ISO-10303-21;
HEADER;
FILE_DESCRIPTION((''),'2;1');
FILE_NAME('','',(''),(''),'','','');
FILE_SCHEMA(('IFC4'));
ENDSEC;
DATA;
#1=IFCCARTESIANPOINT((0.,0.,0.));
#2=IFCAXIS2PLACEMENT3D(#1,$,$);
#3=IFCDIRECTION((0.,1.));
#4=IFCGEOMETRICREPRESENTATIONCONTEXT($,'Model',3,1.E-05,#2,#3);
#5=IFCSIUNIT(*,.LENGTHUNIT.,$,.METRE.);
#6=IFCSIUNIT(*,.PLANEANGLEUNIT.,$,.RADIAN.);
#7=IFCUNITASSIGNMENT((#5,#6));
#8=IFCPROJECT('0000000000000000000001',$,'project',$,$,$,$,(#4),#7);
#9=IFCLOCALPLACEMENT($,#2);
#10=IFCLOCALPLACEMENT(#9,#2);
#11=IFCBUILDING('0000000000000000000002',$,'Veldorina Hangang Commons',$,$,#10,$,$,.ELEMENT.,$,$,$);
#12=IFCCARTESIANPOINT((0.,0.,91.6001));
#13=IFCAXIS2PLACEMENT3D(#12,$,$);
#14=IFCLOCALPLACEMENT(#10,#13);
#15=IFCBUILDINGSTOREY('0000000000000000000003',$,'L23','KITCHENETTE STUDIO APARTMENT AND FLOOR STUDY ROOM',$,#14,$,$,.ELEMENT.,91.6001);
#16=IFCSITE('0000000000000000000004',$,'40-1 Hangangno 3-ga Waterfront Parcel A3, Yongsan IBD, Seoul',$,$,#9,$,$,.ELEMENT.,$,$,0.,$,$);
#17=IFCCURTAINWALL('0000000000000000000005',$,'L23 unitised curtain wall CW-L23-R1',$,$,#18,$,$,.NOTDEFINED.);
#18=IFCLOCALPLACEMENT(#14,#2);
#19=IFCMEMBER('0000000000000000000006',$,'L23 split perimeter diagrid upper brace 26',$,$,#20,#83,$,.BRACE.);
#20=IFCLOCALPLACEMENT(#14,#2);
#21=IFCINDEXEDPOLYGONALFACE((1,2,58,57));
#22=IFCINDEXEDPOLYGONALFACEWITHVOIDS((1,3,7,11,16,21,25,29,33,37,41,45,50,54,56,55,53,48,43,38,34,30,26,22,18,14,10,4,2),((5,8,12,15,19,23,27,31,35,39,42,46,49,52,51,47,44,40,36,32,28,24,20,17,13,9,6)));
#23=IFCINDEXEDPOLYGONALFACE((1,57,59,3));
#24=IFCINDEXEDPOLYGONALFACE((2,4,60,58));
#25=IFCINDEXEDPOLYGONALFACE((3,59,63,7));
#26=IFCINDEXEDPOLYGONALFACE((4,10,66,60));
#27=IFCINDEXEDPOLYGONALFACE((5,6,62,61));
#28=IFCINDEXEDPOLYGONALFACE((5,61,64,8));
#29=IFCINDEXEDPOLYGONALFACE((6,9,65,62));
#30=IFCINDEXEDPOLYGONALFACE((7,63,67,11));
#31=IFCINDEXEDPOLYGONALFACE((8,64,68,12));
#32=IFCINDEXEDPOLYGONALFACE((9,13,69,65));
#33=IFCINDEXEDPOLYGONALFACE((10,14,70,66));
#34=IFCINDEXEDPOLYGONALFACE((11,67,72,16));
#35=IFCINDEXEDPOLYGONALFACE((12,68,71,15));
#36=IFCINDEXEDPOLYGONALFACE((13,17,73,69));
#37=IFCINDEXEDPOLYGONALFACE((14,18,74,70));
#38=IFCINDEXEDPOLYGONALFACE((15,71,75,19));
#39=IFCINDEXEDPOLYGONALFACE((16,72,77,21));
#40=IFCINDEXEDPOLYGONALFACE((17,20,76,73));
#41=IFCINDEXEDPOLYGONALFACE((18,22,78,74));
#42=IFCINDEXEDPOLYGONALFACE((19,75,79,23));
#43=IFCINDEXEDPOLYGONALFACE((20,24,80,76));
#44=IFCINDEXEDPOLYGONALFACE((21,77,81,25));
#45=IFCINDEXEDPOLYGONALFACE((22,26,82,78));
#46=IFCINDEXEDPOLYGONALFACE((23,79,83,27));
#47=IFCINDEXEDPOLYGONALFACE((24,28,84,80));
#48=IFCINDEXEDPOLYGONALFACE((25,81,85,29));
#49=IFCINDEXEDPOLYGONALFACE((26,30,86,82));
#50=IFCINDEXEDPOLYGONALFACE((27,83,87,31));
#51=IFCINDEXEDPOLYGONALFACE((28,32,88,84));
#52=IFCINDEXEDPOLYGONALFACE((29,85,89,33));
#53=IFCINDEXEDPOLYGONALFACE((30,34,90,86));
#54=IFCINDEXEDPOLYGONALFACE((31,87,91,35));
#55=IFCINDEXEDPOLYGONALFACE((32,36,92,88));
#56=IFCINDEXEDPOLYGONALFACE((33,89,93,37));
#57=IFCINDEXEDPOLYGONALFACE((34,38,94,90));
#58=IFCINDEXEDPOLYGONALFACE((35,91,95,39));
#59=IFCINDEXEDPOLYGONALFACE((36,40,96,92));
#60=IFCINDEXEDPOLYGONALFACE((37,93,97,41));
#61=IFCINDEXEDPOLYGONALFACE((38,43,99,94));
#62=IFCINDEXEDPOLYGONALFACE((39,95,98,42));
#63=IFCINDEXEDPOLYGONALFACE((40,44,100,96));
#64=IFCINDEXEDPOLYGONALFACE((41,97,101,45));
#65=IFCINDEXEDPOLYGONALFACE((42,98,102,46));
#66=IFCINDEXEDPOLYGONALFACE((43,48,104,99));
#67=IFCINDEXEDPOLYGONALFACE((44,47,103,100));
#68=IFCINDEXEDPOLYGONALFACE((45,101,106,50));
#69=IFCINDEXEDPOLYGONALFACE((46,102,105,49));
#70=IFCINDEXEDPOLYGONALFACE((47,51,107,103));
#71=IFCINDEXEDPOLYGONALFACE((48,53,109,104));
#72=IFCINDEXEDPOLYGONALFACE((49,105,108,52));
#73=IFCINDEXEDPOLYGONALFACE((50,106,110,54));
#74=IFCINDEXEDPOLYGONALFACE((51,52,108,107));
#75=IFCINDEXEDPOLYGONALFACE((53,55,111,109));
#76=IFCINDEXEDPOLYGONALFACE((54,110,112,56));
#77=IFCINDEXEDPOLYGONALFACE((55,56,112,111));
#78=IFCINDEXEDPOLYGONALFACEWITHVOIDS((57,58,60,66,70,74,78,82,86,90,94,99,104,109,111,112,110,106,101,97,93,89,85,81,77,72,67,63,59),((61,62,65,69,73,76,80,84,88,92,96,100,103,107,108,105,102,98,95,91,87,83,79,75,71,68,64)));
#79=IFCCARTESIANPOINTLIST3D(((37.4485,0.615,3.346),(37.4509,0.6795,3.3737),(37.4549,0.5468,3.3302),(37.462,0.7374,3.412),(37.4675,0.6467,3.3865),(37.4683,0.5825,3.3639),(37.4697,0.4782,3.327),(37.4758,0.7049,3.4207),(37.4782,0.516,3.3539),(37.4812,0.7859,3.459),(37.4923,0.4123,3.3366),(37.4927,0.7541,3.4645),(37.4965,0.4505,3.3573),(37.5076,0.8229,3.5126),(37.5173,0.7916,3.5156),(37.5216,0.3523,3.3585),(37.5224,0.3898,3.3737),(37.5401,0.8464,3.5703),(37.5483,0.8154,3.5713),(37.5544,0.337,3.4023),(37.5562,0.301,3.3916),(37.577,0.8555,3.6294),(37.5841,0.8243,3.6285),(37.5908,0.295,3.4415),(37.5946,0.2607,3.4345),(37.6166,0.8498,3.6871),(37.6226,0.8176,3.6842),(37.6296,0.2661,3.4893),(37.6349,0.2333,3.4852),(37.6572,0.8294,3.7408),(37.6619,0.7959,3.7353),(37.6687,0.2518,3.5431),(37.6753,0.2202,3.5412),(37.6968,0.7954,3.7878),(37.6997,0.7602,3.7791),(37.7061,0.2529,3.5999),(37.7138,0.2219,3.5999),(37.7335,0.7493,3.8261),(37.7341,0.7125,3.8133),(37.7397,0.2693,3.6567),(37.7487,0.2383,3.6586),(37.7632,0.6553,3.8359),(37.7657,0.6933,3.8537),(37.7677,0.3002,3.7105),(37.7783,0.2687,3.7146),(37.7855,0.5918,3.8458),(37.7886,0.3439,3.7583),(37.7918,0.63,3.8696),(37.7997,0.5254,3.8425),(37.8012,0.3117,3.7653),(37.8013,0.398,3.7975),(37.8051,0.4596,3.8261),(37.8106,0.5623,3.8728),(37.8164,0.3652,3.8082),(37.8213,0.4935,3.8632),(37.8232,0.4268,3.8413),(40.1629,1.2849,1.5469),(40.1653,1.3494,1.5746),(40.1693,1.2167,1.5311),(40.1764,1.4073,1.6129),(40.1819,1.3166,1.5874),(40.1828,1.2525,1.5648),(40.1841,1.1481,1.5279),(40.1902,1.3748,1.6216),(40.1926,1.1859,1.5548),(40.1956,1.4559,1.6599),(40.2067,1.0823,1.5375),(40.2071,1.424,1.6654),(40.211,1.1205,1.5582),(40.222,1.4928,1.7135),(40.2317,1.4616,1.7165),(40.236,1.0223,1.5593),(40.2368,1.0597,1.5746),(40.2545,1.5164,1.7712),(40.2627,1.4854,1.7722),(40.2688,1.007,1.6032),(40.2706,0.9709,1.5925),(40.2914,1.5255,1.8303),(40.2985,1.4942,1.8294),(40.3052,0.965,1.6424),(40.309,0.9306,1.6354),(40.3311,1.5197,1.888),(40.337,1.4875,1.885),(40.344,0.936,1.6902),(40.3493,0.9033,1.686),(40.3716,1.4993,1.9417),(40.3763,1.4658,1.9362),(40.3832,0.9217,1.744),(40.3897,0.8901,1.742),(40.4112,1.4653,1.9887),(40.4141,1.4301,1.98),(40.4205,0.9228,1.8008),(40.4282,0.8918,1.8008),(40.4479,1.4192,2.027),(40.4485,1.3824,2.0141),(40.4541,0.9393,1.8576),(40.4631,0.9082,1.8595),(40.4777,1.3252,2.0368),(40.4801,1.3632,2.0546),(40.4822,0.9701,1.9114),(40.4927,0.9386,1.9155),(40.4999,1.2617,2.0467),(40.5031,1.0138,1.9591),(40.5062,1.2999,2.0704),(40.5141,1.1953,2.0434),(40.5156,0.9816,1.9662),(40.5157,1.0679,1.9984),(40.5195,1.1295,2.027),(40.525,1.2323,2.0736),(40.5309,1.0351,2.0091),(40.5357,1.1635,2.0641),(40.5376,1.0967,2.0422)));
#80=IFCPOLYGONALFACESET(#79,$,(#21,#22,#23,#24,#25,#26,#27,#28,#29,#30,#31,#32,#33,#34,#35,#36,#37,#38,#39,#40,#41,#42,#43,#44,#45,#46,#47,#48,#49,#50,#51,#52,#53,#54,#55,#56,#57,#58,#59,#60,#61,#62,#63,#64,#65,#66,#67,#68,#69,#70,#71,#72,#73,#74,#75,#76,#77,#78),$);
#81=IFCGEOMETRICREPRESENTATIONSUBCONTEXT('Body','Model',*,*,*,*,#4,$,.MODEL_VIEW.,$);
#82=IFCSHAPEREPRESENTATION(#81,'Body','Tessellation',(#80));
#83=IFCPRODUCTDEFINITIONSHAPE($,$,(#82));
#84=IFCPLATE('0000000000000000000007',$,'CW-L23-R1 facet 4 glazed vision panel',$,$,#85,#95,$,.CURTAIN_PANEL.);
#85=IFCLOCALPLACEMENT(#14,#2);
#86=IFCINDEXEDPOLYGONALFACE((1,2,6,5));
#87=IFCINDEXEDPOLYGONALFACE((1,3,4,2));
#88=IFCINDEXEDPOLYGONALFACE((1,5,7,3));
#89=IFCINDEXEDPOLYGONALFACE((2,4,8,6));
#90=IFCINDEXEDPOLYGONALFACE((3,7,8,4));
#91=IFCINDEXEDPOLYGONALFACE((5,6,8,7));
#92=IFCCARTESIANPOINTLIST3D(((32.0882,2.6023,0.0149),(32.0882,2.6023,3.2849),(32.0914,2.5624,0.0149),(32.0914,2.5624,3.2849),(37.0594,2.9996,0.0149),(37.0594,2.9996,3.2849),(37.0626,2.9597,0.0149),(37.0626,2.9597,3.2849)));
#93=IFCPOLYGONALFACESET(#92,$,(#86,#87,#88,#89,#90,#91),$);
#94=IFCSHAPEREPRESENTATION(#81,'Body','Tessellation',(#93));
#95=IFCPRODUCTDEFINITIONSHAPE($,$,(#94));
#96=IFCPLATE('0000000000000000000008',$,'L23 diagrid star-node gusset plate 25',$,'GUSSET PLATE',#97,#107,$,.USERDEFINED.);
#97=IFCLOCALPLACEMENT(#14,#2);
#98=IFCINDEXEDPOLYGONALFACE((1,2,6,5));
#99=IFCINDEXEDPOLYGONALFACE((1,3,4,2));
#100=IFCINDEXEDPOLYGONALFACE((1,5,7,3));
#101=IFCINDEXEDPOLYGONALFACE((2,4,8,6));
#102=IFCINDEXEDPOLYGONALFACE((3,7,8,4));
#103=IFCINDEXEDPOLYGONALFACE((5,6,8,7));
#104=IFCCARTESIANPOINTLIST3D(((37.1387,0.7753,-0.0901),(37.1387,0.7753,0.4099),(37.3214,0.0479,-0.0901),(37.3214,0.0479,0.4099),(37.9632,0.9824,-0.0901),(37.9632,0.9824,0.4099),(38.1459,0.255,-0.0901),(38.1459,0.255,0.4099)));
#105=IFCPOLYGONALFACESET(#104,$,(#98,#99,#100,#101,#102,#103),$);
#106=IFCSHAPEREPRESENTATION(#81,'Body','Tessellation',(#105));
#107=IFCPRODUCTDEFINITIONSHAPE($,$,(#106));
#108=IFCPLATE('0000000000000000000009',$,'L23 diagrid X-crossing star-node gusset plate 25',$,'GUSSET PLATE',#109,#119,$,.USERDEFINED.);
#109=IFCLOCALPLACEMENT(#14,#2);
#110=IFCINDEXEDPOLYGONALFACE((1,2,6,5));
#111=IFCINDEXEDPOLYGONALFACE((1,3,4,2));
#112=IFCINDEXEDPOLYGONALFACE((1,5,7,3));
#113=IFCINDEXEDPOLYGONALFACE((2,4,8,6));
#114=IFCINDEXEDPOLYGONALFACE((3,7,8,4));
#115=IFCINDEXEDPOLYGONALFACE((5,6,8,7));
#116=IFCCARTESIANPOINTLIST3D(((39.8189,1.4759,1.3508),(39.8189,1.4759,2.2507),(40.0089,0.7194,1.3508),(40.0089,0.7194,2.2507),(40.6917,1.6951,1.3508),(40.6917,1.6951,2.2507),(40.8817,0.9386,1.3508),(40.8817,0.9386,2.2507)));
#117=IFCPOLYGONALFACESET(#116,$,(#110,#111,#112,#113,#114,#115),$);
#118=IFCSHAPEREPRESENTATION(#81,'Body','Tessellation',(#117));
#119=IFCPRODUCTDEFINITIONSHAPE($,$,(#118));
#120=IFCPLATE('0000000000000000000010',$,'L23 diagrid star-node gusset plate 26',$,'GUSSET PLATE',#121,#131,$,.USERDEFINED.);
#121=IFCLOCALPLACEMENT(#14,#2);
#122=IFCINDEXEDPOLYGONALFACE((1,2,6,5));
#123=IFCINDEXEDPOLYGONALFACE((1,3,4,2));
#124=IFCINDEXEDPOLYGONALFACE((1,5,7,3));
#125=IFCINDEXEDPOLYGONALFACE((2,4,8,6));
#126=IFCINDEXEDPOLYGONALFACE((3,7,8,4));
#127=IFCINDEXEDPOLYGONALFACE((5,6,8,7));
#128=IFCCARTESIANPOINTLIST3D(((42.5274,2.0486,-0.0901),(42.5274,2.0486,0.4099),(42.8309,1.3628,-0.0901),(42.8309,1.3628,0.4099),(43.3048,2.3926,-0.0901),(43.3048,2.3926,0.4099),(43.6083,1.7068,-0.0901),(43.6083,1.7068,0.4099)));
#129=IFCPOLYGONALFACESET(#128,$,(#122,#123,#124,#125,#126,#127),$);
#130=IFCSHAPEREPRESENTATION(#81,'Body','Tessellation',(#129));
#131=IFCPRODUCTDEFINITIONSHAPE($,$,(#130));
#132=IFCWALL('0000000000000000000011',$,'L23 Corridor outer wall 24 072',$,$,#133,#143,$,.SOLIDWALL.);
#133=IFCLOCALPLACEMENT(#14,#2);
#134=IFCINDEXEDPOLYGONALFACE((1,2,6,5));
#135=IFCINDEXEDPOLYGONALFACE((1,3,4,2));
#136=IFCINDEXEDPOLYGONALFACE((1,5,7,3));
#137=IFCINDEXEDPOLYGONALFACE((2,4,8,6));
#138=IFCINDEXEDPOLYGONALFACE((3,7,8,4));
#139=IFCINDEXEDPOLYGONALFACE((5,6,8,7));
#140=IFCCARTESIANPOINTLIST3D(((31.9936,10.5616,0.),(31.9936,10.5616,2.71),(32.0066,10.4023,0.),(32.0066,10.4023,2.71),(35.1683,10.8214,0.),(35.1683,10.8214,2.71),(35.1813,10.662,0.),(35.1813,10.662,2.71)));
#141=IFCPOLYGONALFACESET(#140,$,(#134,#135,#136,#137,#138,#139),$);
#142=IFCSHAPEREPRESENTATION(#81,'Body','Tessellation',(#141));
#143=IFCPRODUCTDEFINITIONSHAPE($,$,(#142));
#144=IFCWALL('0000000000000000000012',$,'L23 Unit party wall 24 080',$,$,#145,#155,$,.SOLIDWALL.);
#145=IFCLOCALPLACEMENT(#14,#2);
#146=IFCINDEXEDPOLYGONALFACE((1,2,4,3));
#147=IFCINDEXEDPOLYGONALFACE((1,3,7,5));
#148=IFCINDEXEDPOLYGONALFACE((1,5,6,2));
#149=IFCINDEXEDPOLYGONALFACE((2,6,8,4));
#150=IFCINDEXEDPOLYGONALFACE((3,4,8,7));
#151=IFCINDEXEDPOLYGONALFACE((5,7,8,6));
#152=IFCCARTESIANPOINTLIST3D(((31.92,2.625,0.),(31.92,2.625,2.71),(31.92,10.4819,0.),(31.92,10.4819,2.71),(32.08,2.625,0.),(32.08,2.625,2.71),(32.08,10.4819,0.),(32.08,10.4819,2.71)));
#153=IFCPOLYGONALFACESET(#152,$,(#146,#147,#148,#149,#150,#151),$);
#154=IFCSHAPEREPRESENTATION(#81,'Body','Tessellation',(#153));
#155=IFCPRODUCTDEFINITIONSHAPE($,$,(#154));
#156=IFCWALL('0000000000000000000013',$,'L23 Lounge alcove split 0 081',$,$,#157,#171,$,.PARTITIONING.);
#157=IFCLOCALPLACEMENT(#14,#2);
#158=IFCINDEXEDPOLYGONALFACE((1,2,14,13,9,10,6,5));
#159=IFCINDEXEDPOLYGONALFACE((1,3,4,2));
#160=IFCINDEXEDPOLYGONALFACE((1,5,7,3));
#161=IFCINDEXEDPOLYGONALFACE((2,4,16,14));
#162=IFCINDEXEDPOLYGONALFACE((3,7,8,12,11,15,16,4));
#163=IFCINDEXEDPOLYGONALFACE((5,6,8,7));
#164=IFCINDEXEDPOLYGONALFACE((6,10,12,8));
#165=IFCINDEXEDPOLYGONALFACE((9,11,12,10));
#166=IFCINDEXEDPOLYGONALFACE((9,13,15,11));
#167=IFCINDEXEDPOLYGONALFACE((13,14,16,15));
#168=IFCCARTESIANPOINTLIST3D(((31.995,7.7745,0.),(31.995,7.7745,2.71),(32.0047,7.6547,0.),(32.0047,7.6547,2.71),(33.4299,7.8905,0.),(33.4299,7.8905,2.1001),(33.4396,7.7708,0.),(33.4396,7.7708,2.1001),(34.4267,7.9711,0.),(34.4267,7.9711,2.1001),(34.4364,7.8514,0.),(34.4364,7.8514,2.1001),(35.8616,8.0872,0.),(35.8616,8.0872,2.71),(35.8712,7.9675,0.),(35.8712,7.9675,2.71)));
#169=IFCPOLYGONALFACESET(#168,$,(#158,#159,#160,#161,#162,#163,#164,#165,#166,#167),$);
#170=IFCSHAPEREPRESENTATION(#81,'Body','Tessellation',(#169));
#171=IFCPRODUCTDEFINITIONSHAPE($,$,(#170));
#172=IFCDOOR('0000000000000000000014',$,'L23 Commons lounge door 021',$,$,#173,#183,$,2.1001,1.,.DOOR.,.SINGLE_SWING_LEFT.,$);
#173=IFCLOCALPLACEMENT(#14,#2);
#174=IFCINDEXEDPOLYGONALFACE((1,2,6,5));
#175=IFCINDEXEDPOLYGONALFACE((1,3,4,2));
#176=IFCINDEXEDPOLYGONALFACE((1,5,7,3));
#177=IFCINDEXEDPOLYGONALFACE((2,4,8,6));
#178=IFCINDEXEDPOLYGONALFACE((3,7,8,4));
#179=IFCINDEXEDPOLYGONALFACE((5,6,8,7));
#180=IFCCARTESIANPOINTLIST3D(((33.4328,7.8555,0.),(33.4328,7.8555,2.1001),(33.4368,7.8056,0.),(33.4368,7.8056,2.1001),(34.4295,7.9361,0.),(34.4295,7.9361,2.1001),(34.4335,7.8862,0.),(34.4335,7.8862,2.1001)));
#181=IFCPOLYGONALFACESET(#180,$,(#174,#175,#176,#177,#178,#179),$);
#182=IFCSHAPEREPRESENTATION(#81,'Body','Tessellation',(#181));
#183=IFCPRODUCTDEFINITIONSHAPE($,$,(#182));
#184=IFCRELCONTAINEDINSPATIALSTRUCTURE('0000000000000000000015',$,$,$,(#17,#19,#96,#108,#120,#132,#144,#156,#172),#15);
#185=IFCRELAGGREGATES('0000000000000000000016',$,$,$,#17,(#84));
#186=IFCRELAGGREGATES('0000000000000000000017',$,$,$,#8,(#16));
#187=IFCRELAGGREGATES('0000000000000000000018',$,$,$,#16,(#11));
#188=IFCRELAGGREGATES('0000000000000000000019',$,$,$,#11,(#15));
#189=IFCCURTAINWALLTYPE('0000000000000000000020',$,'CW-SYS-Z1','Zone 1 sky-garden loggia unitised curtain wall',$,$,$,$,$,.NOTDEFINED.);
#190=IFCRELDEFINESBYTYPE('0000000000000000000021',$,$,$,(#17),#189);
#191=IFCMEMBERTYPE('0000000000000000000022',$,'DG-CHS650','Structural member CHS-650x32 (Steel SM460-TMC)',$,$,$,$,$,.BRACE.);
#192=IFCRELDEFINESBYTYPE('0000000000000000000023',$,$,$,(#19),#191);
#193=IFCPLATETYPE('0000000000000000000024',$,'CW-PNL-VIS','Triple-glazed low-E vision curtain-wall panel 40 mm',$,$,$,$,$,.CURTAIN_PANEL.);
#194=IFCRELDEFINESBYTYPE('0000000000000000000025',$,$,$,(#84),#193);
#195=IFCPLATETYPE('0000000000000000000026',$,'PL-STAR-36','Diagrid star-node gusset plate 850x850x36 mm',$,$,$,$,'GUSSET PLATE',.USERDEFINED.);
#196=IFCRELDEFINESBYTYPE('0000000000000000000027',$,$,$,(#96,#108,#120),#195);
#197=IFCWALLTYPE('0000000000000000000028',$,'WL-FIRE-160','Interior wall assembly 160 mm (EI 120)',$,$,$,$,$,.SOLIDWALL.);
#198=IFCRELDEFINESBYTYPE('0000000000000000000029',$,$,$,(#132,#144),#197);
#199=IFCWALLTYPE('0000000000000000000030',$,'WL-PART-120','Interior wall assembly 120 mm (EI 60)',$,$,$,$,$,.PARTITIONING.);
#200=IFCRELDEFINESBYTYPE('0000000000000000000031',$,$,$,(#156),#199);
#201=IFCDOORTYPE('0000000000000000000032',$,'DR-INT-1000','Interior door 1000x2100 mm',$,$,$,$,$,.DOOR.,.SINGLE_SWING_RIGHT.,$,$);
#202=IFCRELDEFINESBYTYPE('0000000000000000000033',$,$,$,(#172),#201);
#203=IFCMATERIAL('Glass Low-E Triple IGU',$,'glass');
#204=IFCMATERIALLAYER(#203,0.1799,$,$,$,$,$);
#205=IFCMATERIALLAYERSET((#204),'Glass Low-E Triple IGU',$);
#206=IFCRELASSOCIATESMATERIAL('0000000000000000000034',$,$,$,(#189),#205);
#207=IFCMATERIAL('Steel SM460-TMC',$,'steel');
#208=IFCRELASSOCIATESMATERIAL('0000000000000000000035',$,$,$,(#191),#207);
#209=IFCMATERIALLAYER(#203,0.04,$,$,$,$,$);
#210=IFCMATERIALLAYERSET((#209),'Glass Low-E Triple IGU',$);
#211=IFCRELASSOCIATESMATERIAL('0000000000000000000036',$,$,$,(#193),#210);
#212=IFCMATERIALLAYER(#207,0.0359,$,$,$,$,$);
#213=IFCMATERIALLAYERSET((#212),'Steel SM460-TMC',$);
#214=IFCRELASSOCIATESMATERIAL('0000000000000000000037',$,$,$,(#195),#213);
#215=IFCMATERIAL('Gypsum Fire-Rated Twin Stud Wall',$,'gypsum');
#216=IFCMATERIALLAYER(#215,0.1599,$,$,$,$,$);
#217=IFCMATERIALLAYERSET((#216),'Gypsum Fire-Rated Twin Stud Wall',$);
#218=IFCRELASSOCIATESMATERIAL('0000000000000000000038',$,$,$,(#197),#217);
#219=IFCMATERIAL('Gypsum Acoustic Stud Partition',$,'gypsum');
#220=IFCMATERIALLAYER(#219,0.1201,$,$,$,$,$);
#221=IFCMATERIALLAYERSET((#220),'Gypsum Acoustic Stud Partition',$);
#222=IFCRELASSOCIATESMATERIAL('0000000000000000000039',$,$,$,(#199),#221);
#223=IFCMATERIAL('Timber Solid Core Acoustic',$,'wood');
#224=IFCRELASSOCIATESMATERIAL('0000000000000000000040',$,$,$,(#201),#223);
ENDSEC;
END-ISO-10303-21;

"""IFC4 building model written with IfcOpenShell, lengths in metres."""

from ifc_helpers import new_model, si_unit, direction, frame, frame_2d, origin, origin_2d, place, context, subcontext, project, spatial, rectangle, hollow_circle, extrude, material, layer, layer_set, material_profile, profile_set, type_object, element, fill, aggregate, save


model = new_model("IFC4")

# Units and contexts
model_context = context("Model", 3, precision=1e-05, world=origin(), true_north=direction((0.0, 1.0)))
body_context = subcontext(model_context, "Body", "Model", "MODEL_VIEW")
ifc_project = project(units=[si_unit("LENGTHUNIT", "METRE"), si_unit("PLANEANGLEUNIT", "RADIAN")], contexts=[model_context])

# Site, building, storey
site_placement = place(None, origin())
site = spatial("IfcSite", under=ifc_project, at=site_placement, Name="40-1 Hangangno 3-ga Waterfront Parcel A3, Yongsan IBD, Seoul", CompositionType="ELEMENT", RefElevation=0.0)
building_placement = place(site_placement, origin())
building = spatial("IfcBuilding", under=site, at=building_placement, Name="Veldorina Hangang Commons", CompositionType="ELEMENT")
storey_placement = place(building_placement, frame((0.0, 0.0, 91.6001)))
storey = spatial("IfcBuildingStorey", under=building, at=storey_placement, Name="L23", Description="KITCHENETTE STUDIO APARTMENT AND FLOOR STUDY ROOM", CompositionType="ELEMENT", Elevation=91.6001)

# Curtain wall
ifc_material_1 = material(Name="Glass Low-E Triple IGU", Category="glass")
ifc_layer_1 = layer(ifc_material_1, 0.1799)
ifc_layer_set_1 = layer_set([ifc_layer_1], Name="Glass Low-E Triple IGU")
curtain_wall_type = type_object("IfcCurtainWallType", Name="CW-SYS-Z1", Description="Zone 1 sky-garden loggia unitised curtain wall", PredefinedType="NOTDEFINED", material=ifc_layer_set_1)
curtain_wall_1_placement = place(storey_placement, origin())
curtain_wall_1 = element("IfcCurtainWall", 1, at=curtain_wall_1_placement, inside=storey, type_object=curtain_wall_type, Name="L23 unitised curtain wall CW-L23-R1", PredefinedType="NOTDEFINED")

# Member
ifc_material_2 = material(Name="Steel SM460-TMC", Category="steel")
ifc_material_profile_1 = material_profile(ifc_material_2, hollow_circle(Radius=0.325, WallThickness=0.032, at=origin_2d()), Name="CHS-650x32")
ifc_profile_set_1 = profile_set([ifc_material_profile_1], Name="Steel SM460-TMC")
member_type_1 = type_object("IfcMemberType", Name="DG-CHS650", Description="Structural member CHS-650x32 (Steel SM460-TMC)", PredefinedType="BRACE", material=ifc_profile_set_1)
member_1_placement = place(storey_placement, frame((40.3503, 1.2073, 1.8008), z_axis=(-0.816438, -0.201503, 0.541134), x_axis=(0.239617, -0.970868, 0.0)))
element("IfcMember", 2, at=member_1_placement, inside=storey, type_object=member_type_1, Name="L23 split perimeter diagrid upper brace 26", PredefinedType="BRACE", context=body_context, shape_type="SweptSolid", body=[
    extrude(hollow_circle(Radius=0.325, WallThickness=0.032, at=origin_2d()), origin(), (0.0, 0.0, 1.0), 3.3247),
])

# Plate
ifc_layer_2 = layer(ifc_material_1, 0.04)
ifc_layer_set_2 = layer_set([ifc_layer_2], Name="Glass Low-E Triple IGU")
plate_type_1 = type_object("IfcPlateType", Name="CW-PNL-VIS", Description="Triple-glazed low-E vision curtain-wall panel 40 mm", PredefinedType="CURTAIN_PANEL", material=ifc_layer_set_2)
plate_1_placement = place(storey_placement, frame((34.5754, 2.781, 0.0149), z_axis=(0.0, 0.0, 1.0), x_axis=(0.996821, 0.079677, 0.0)))
plate_1 = element("IfcPlate", 3, at=plate_1_placement, type_object=plate_type_1, Name="CW-L23-R1 facet 4 glazed vision panel", PredefinedType="CURTAIN_PANEL", context=body_context, shape_type="SweptSolid", body=[
    extrude(rectangle(XDim=4.9871, YDim=0.04, at=origin_2d()), origin(), (0.0, 0.0, 1.0), 3.27),
])
aggregate(curtain_wall_1, [plate_1])

# Plates
ifc_layer_3 = layer(ifc_material_2, 0.0359)
ifc_layer_set_3 = layer_set([ifc_layer_3], Name="Steel SM460-TMC")
plate_type_2 = type_object("IfcPlateType", Name="PL-STAR-36", Description="Diagrid star-node gusset plate 850x850x36 mm", ElementType="GUSSET PLATE", PredefinedType="USERDEFINED", material=ifc_layer_set_3)
plate_2_placement = place(storey_placement, frame((37.6423, 0.5151, -0.0901), z_axis=(0.0, 0.0, 1.0), x_axis=(0.969881, 0.243581, 0.0)))
element("IfcPlate", 4, at=plate_2_placement, inside=storey, type_object=plate_type_2, Name="L23 diagrid star-node gusset plate 25", ObjectType="GUSSET PLATE", PredefinedType="USERDEFINED", context=body_context, shape_type="SweptSolid", body=[
    extrude(rectangle(XDim=0.8501, YDim=0.75, at=origin_2d()), origin(), (0.0, 0.0, 1.0), 0.5),
])
plate_3_placement = place(storey_placement, frame((40.3503, 1.2073, 1.3508), z_axis=(0.0, 0.0, 1.0), x_axis=(0.969881, 0.243581, 0.0)))
element("IfcPlate", 5, at=plate_3_placement, inside=storey, type_object=plate_type_2, Name="L23 diagrid X-crossing star-node gusset plate 25", ObjectType="GUSSET PLATE", PredefinedType="USERDEFINED", context=body_context, shape_type="SweptSolid", body=[
    extrude(rectangle(XDim=0.8999, YDim=0.78, at=origin_2d()), origin(), (0.0, 0.0, 1.0), 0.8999),
])
plate_4_placement = place(storey_placement, frame((43.0679, 1.8777, -0.0901), z_axis=(0.0, 0.0, 1.0), x_axis=(0.914452, 0.404695, 0.0)))
element("IfcPlate", 6, at=plate_4_placement, inside=storey, type_object=plate_type_2, Name="L23 diagrid star-node gusset plate 26", ObjectType="GUSSET PLATE", PredefinedType="USERDEFINED", context=body_context, shape_type="SweptSolid", body=[
    extrude(rectangle(XDim=0.8501, YDim=0.75, at=origin_2d()), origin(), (0.0, 0.0, 1.0), 0.5),
])

# Walls
ifc_material_3 = material(Name="Gypsum Fire-Rated Twin Stud Wall", Category="gypsum")
ifc_layer_4 = layer(ifc_material_3, 0.1599)
ifc_layer_set_4 = layer_set([ifc_layer_4], Name="Gypsum Fire-Rated Twin Stud Wall")
wall_type_1 = type_object("IfcWallType", Name="WL-FIRE-160", Description="Interior wall assembly 160 mm (EI 120)", PredefinedType="SOLIDWALL", material=ifc_layer_set_4)
wall_1_placement = place(storey_placement, frame((32.0, 10.4819, 0.0), z_axis=(0.0, 0.0, 1.0), x_axis=(0.996669, 0.081548, 0.0)))
element("IfcWall", 7, at=wall_1_placement, inside=storey, type_object=wall_type_1, Name="L23 Corridor outer wall 24 072", PredefinedType="SOLIDWALL", context=body_context, shape_type="SweptSolid", body=[
    extrude(rectangle(XDim=3.1853, YDim=0.1599, at=frame_2d((1.5928, 0.0))), origin(), (0.0, 0.0, 1.0), 2.71),
])
wall_2_placement = place(storey_placement, frame((32.0, 10.4819, 0.0), z_axis=(0.0, 0.0, 1.0), x_axis=(0.0, -1.0, 0.0)))
element("IfcWall", 8, at=wall_2_placement, inside=storey, type_object=wall_type_1, Name="L23 Unit party wall 24 080", PredefinedType="SOLIDWALL", context=body_context, shape_type="SweptSolid", body=[
    extrude(rectangle(XDim=7.8569, YDim=0.1599, at=frame_2d((3.9285, 0.0))), origin(), (0.0, 0.0, 1.0), 2.71),
])

# Wall, opening, door
ifc_material_4 = material(Name="Gypsum Acoustic Stud Partition", Category="gypsum")
ifc_layer_5 = layer(ifc_material_4, 0.1201)
ifc_layer_set_5 = layer_set([ifc_layer_5], Name="Gypsum Acoustic Stud Partition")
wall_type_2 = type_object("IfcWallType", Name="WL-PART-120", Description="Interior wall assembly 120 mm (EI 60)", PredefinedType="PARTITIONING", material=ifc_layer_set_5)
wall_3_placement = place(storey_placement, frame((32.0, 7.7146, 0.0), z_axis=(0.0, 0.0, 1.0), x_axis=(0.996745, 0.080623, 0.0)))
wall_3 = element("IfcWall", 9, at=wall_3_placement, inside=storey, type_object=wall_type_2, Name="L23 Lounge alcove split 0 081", PredefinedType="PARTITIONING", context=body_context, shape_type="SweptSolid", body=[
    extrude(rectangle(XDim=3.8792, YDim=0.1201, at=frame_2d((1.9395, 0.0))), origin(), (0.0, 0.0, 1.0), 2.71),
])
opening_1_placement = place(wall_3_placement, frame((1.4395, 0.0, 0.0)))
opening_1 = element("IfcOpeningElement", 10, at=opening_1_placement, cuts=wall_3, PredefinedType="OPENING", context=body_context, shape_type="SweptSolid", body=[
    extrude(rectangle(XDim=1.0, YDim=2.1001, at=frame_2d((0.5, 1.05))), frame((0.0, 0.0701, 0.0), z_axis=(0.0, -1.0, 0.0), x_axis=(1.0, 0.0, 0.0)), (0.0, 0.0, 1.0), 0.1401),
])
ifc_material_5 = material(Name="Timber Solid Core Acoustic", Category="wood")
door_type_1 = type_object("IfcDoorType", Name="DR-INT-1000", Description="Interior door 1000x2100 mm", OperationType="SINGLE_SWING_RIGHT", PredefinedType="DOOR", material=ifc_material_5)
door_1_placement = place(opening_1_placement, origin())
door_1 = element("IfcDoor", 11, at=door_1_placement, inside=storey, type_object=door_type_1, Name="L23 Commons lounge door 021", OperationType="SINGLE_SWING_LEFT", OverallHeight=2.1001, OverallWidth=1.0, PredefinedType="DOOR", context=body_context, shape_type="SweptSolid", body=[
    extrude(rectangle(XDim=1.0, YDim=2.1001, at=frame_2d((0.5, 1.05))), frame((0.0, 0.0249, 0.0), z_axis=(0.0, -1.0, 0.0), x_axis=(1.0, 0.0, 0.0)), (0.0, 0.0, 1.0), 0.05),
])
fill(opening_1, door_1)

save(model, "model.ifc")
